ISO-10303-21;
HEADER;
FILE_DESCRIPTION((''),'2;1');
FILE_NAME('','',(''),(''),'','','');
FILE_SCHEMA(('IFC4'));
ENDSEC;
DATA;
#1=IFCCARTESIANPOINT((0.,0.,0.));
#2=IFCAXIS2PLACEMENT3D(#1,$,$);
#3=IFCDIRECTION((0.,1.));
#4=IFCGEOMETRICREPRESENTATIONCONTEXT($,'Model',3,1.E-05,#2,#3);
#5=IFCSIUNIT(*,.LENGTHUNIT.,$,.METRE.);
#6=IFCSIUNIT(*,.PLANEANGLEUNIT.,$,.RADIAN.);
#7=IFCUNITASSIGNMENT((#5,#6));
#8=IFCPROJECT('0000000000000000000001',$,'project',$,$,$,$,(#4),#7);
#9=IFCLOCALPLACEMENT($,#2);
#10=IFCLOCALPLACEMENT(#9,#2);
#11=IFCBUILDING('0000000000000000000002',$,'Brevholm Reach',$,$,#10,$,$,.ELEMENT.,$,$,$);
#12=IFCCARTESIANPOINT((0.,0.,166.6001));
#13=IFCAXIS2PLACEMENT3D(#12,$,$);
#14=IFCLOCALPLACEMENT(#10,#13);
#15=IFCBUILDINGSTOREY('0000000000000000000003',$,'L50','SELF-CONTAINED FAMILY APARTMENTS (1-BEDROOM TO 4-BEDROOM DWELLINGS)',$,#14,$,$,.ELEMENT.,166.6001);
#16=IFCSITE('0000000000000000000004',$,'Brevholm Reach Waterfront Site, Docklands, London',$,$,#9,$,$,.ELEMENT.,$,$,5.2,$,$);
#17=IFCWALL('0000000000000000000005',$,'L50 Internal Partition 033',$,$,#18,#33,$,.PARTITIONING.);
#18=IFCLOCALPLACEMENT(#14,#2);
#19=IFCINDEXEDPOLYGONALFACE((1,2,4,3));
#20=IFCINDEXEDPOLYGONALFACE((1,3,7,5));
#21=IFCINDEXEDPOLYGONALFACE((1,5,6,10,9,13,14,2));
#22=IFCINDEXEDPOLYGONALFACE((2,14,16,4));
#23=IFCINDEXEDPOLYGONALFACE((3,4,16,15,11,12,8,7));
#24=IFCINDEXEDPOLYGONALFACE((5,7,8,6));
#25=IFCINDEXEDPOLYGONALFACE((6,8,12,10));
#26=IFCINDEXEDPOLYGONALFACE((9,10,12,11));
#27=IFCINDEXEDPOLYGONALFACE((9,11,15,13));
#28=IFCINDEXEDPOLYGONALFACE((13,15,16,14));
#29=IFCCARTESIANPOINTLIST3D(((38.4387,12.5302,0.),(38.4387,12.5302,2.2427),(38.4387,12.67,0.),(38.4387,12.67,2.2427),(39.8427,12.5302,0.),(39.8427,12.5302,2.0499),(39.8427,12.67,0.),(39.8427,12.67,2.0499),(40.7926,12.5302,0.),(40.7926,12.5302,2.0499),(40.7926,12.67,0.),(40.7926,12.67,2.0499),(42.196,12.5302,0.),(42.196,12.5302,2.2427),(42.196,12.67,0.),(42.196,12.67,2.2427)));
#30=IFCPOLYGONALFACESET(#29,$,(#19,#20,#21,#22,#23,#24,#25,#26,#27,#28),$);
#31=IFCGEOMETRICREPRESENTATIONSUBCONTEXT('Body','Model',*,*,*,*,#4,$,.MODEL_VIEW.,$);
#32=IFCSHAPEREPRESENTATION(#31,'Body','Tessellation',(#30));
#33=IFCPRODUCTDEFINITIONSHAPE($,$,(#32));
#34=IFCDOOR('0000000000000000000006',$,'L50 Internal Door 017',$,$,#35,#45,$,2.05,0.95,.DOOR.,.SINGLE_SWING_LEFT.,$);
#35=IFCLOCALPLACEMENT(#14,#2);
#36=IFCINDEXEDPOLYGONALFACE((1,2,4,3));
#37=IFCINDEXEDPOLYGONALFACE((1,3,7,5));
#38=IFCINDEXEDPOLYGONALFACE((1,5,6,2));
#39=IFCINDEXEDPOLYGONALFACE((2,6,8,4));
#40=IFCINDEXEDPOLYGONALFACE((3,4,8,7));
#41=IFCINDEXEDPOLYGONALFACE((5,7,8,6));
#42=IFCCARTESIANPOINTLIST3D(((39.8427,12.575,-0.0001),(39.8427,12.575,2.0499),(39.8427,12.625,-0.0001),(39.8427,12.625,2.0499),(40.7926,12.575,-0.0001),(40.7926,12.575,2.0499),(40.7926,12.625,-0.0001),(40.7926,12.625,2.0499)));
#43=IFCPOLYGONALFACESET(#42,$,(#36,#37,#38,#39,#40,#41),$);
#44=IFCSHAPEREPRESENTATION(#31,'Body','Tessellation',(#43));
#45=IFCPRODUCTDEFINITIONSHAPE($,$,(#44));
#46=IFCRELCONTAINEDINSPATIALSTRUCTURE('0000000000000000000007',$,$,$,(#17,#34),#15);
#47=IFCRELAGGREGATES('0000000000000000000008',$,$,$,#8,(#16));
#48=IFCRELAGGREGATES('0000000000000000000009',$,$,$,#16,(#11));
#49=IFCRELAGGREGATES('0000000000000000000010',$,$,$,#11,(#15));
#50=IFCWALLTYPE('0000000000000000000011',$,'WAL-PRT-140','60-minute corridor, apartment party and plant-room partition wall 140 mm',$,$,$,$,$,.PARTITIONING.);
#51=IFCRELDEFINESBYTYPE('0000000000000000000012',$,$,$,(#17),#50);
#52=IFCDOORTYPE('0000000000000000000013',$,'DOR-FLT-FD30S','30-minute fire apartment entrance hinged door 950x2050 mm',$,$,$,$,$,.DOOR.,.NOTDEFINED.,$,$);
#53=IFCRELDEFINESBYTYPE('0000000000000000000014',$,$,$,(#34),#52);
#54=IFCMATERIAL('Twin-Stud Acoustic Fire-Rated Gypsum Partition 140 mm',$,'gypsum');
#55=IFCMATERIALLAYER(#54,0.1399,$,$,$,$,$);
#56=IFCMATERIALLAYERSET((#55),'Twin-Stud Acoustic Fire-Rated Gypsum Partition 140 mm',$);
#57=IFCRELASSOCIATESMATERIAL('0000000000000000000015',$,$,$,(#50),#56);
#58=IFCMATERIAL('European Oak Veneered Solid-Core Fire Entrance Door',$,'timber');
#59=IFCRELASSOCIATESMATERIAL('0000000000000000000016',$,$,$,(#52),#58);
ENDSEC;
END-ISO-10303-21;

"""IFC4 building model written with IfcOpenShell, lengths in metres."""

from ifc_helpers import new_model, si_unit, direction, frame, frame_2d, origin, place, context, subcontext, project, spatial, rectangle, extrude, material, layer, layer_set, type_object, element, fill, save


model = new_model("IFC4")

# Units and contexts
model_context = context("Model", 3, precision=1e-05, world=origin(), true_north=direction((0.0, 1.0)))
body_context = subcontext(model_context, "Body", "Model", "MODEL_VIEW")
ifc_project = project(units=[si_unit("LENGTHUNIT", "METRE"), si_unit("PLANEANGLEUNIT", "RADIAN")], contexts=[model_context])

# Site, building, storey
site_placement = place(None, origin())
site = spatial("IfcSite", under=ifc_project, at=site_placement, Name="Brevholm Reach Waterfront Site, Docklands, London", CompositionType="ELEMENT", RefElevation=5.2)
building_placement = place(site_placement, origin())
building = spatial("IfcBuilding", under=site, at=building_placement, Name="Brevholm Reach", CompositionType="ELEMENT")
storey_placement = place(building_placement, frame((0.0, 0.0, 166.6001)))
storey = spatial("IfcBuildingStorey", under=building, at=storey_placement, Name="L50", Description="SELF-CONTAINED FAMILY APARTMENTS (1-BEDROOM TO 4-BEDROOM DWELLINGS)", CompositionType="ELEMENT", Elevation=166.6001)

# Wall, opening, door
ifc_material_1 = material(Name="Twin-Stud Acoustic Fire-Rated Gypsum Partition 140 mm", Category="gypsum")
ifc_layer_1 = layer(ifc_material_1, 0.1399)
ifc_layer_set_1 = layer_set([ifc_layer_1], Name="Twin-Stud Acoustic Fire-Rated Gypsum Partition 140 mm")
wall_type_1 = type_object("IfcWallType", Name="WAL-PRT-140", Description="60-minute corridor, apartment party and plant-room partition wall 140 mm", PredefinedType="PARTITIONING", material=ifc_layer_set_1)
wall_1_placement = place(storey_placement, frame((38.4387, 12.6001, 0.0), z_axis=(0.0, 0.0, 1.0), x_axis=(1.0, 0.0, 0.0)))
wall_1 = element("IfcWall", 1, at=wall_1_placement, inside=storey, type_object=wall_type_1, Name="L50 Internal Partition 033", PredefinedType="PARTITIONING", context=body_context, shape_type="SweptSolid", body=[
    extrude(rectangle(XDim=3.7573, YDim=0.1399, at=frame_2d((1.8787, 0.0))), origin(), (0.0, 0.0, 1.0), 2.2427),
])
opening_1_placement = place(wall_1_placement, frame((1.4038, 0.0, 0.0)))
opening_1 = element("IfcOpeningElement", 2, at=opening_1_placement, cuts=wall_1, PredefinedType="OPENING", context=body_context, shape_type="SweptSolid", body=[
    extrude(rectangle(XDim=0.95, YDim=2.05, at=frame_2d((0.4751, 1.0249))), frame((0.0, 0.0798, 0.0), z_axis=(0.0, -1.0, 0.0), x_axis=(1.0, 0.0, 0.0)), (0.0, 0.0, 1.0), 0.1599),
])
ifc_material_2 = material(Name="European Oak Veneered Solid-Core Fire Entrance Door", Category="timber")
door_type = type_object("IfcDoorType", Name="DOR-FLT-FD30S", Description="30-minute fire apartment entrance hinged door 950x2050 mm", OperationType="NOTDEFINED", PredefinedType="DOOR", material=ifc_material_2)
door_placement = place(opening_1_placement, origin())
door = element("IfcDoor", 3, at=door_placement, inside=storey, type_object=door_type, Name="L50 Internal Door 017", OperationType="SINGLE_SWING_LEFT", OverallHeight=2.05, OverallWidth=0.95, PredefinedType="DOOR", context=body_context, shape_type="SweptSolid", body=[
    extrude(rectangle(XDim=0.95, YDim=2.05, at=frame_2d((0.4751, 1.0249))), frame((0.0, 0.0249, 0.0), z_axis=(0.0, -1.0, 0.0), x_axis=(1.0, 0.0, 0.0)), (0.0, 0.0, 1.0), 0.05),
])
fill(opening_1, door)

save(model, "model.ifc")
